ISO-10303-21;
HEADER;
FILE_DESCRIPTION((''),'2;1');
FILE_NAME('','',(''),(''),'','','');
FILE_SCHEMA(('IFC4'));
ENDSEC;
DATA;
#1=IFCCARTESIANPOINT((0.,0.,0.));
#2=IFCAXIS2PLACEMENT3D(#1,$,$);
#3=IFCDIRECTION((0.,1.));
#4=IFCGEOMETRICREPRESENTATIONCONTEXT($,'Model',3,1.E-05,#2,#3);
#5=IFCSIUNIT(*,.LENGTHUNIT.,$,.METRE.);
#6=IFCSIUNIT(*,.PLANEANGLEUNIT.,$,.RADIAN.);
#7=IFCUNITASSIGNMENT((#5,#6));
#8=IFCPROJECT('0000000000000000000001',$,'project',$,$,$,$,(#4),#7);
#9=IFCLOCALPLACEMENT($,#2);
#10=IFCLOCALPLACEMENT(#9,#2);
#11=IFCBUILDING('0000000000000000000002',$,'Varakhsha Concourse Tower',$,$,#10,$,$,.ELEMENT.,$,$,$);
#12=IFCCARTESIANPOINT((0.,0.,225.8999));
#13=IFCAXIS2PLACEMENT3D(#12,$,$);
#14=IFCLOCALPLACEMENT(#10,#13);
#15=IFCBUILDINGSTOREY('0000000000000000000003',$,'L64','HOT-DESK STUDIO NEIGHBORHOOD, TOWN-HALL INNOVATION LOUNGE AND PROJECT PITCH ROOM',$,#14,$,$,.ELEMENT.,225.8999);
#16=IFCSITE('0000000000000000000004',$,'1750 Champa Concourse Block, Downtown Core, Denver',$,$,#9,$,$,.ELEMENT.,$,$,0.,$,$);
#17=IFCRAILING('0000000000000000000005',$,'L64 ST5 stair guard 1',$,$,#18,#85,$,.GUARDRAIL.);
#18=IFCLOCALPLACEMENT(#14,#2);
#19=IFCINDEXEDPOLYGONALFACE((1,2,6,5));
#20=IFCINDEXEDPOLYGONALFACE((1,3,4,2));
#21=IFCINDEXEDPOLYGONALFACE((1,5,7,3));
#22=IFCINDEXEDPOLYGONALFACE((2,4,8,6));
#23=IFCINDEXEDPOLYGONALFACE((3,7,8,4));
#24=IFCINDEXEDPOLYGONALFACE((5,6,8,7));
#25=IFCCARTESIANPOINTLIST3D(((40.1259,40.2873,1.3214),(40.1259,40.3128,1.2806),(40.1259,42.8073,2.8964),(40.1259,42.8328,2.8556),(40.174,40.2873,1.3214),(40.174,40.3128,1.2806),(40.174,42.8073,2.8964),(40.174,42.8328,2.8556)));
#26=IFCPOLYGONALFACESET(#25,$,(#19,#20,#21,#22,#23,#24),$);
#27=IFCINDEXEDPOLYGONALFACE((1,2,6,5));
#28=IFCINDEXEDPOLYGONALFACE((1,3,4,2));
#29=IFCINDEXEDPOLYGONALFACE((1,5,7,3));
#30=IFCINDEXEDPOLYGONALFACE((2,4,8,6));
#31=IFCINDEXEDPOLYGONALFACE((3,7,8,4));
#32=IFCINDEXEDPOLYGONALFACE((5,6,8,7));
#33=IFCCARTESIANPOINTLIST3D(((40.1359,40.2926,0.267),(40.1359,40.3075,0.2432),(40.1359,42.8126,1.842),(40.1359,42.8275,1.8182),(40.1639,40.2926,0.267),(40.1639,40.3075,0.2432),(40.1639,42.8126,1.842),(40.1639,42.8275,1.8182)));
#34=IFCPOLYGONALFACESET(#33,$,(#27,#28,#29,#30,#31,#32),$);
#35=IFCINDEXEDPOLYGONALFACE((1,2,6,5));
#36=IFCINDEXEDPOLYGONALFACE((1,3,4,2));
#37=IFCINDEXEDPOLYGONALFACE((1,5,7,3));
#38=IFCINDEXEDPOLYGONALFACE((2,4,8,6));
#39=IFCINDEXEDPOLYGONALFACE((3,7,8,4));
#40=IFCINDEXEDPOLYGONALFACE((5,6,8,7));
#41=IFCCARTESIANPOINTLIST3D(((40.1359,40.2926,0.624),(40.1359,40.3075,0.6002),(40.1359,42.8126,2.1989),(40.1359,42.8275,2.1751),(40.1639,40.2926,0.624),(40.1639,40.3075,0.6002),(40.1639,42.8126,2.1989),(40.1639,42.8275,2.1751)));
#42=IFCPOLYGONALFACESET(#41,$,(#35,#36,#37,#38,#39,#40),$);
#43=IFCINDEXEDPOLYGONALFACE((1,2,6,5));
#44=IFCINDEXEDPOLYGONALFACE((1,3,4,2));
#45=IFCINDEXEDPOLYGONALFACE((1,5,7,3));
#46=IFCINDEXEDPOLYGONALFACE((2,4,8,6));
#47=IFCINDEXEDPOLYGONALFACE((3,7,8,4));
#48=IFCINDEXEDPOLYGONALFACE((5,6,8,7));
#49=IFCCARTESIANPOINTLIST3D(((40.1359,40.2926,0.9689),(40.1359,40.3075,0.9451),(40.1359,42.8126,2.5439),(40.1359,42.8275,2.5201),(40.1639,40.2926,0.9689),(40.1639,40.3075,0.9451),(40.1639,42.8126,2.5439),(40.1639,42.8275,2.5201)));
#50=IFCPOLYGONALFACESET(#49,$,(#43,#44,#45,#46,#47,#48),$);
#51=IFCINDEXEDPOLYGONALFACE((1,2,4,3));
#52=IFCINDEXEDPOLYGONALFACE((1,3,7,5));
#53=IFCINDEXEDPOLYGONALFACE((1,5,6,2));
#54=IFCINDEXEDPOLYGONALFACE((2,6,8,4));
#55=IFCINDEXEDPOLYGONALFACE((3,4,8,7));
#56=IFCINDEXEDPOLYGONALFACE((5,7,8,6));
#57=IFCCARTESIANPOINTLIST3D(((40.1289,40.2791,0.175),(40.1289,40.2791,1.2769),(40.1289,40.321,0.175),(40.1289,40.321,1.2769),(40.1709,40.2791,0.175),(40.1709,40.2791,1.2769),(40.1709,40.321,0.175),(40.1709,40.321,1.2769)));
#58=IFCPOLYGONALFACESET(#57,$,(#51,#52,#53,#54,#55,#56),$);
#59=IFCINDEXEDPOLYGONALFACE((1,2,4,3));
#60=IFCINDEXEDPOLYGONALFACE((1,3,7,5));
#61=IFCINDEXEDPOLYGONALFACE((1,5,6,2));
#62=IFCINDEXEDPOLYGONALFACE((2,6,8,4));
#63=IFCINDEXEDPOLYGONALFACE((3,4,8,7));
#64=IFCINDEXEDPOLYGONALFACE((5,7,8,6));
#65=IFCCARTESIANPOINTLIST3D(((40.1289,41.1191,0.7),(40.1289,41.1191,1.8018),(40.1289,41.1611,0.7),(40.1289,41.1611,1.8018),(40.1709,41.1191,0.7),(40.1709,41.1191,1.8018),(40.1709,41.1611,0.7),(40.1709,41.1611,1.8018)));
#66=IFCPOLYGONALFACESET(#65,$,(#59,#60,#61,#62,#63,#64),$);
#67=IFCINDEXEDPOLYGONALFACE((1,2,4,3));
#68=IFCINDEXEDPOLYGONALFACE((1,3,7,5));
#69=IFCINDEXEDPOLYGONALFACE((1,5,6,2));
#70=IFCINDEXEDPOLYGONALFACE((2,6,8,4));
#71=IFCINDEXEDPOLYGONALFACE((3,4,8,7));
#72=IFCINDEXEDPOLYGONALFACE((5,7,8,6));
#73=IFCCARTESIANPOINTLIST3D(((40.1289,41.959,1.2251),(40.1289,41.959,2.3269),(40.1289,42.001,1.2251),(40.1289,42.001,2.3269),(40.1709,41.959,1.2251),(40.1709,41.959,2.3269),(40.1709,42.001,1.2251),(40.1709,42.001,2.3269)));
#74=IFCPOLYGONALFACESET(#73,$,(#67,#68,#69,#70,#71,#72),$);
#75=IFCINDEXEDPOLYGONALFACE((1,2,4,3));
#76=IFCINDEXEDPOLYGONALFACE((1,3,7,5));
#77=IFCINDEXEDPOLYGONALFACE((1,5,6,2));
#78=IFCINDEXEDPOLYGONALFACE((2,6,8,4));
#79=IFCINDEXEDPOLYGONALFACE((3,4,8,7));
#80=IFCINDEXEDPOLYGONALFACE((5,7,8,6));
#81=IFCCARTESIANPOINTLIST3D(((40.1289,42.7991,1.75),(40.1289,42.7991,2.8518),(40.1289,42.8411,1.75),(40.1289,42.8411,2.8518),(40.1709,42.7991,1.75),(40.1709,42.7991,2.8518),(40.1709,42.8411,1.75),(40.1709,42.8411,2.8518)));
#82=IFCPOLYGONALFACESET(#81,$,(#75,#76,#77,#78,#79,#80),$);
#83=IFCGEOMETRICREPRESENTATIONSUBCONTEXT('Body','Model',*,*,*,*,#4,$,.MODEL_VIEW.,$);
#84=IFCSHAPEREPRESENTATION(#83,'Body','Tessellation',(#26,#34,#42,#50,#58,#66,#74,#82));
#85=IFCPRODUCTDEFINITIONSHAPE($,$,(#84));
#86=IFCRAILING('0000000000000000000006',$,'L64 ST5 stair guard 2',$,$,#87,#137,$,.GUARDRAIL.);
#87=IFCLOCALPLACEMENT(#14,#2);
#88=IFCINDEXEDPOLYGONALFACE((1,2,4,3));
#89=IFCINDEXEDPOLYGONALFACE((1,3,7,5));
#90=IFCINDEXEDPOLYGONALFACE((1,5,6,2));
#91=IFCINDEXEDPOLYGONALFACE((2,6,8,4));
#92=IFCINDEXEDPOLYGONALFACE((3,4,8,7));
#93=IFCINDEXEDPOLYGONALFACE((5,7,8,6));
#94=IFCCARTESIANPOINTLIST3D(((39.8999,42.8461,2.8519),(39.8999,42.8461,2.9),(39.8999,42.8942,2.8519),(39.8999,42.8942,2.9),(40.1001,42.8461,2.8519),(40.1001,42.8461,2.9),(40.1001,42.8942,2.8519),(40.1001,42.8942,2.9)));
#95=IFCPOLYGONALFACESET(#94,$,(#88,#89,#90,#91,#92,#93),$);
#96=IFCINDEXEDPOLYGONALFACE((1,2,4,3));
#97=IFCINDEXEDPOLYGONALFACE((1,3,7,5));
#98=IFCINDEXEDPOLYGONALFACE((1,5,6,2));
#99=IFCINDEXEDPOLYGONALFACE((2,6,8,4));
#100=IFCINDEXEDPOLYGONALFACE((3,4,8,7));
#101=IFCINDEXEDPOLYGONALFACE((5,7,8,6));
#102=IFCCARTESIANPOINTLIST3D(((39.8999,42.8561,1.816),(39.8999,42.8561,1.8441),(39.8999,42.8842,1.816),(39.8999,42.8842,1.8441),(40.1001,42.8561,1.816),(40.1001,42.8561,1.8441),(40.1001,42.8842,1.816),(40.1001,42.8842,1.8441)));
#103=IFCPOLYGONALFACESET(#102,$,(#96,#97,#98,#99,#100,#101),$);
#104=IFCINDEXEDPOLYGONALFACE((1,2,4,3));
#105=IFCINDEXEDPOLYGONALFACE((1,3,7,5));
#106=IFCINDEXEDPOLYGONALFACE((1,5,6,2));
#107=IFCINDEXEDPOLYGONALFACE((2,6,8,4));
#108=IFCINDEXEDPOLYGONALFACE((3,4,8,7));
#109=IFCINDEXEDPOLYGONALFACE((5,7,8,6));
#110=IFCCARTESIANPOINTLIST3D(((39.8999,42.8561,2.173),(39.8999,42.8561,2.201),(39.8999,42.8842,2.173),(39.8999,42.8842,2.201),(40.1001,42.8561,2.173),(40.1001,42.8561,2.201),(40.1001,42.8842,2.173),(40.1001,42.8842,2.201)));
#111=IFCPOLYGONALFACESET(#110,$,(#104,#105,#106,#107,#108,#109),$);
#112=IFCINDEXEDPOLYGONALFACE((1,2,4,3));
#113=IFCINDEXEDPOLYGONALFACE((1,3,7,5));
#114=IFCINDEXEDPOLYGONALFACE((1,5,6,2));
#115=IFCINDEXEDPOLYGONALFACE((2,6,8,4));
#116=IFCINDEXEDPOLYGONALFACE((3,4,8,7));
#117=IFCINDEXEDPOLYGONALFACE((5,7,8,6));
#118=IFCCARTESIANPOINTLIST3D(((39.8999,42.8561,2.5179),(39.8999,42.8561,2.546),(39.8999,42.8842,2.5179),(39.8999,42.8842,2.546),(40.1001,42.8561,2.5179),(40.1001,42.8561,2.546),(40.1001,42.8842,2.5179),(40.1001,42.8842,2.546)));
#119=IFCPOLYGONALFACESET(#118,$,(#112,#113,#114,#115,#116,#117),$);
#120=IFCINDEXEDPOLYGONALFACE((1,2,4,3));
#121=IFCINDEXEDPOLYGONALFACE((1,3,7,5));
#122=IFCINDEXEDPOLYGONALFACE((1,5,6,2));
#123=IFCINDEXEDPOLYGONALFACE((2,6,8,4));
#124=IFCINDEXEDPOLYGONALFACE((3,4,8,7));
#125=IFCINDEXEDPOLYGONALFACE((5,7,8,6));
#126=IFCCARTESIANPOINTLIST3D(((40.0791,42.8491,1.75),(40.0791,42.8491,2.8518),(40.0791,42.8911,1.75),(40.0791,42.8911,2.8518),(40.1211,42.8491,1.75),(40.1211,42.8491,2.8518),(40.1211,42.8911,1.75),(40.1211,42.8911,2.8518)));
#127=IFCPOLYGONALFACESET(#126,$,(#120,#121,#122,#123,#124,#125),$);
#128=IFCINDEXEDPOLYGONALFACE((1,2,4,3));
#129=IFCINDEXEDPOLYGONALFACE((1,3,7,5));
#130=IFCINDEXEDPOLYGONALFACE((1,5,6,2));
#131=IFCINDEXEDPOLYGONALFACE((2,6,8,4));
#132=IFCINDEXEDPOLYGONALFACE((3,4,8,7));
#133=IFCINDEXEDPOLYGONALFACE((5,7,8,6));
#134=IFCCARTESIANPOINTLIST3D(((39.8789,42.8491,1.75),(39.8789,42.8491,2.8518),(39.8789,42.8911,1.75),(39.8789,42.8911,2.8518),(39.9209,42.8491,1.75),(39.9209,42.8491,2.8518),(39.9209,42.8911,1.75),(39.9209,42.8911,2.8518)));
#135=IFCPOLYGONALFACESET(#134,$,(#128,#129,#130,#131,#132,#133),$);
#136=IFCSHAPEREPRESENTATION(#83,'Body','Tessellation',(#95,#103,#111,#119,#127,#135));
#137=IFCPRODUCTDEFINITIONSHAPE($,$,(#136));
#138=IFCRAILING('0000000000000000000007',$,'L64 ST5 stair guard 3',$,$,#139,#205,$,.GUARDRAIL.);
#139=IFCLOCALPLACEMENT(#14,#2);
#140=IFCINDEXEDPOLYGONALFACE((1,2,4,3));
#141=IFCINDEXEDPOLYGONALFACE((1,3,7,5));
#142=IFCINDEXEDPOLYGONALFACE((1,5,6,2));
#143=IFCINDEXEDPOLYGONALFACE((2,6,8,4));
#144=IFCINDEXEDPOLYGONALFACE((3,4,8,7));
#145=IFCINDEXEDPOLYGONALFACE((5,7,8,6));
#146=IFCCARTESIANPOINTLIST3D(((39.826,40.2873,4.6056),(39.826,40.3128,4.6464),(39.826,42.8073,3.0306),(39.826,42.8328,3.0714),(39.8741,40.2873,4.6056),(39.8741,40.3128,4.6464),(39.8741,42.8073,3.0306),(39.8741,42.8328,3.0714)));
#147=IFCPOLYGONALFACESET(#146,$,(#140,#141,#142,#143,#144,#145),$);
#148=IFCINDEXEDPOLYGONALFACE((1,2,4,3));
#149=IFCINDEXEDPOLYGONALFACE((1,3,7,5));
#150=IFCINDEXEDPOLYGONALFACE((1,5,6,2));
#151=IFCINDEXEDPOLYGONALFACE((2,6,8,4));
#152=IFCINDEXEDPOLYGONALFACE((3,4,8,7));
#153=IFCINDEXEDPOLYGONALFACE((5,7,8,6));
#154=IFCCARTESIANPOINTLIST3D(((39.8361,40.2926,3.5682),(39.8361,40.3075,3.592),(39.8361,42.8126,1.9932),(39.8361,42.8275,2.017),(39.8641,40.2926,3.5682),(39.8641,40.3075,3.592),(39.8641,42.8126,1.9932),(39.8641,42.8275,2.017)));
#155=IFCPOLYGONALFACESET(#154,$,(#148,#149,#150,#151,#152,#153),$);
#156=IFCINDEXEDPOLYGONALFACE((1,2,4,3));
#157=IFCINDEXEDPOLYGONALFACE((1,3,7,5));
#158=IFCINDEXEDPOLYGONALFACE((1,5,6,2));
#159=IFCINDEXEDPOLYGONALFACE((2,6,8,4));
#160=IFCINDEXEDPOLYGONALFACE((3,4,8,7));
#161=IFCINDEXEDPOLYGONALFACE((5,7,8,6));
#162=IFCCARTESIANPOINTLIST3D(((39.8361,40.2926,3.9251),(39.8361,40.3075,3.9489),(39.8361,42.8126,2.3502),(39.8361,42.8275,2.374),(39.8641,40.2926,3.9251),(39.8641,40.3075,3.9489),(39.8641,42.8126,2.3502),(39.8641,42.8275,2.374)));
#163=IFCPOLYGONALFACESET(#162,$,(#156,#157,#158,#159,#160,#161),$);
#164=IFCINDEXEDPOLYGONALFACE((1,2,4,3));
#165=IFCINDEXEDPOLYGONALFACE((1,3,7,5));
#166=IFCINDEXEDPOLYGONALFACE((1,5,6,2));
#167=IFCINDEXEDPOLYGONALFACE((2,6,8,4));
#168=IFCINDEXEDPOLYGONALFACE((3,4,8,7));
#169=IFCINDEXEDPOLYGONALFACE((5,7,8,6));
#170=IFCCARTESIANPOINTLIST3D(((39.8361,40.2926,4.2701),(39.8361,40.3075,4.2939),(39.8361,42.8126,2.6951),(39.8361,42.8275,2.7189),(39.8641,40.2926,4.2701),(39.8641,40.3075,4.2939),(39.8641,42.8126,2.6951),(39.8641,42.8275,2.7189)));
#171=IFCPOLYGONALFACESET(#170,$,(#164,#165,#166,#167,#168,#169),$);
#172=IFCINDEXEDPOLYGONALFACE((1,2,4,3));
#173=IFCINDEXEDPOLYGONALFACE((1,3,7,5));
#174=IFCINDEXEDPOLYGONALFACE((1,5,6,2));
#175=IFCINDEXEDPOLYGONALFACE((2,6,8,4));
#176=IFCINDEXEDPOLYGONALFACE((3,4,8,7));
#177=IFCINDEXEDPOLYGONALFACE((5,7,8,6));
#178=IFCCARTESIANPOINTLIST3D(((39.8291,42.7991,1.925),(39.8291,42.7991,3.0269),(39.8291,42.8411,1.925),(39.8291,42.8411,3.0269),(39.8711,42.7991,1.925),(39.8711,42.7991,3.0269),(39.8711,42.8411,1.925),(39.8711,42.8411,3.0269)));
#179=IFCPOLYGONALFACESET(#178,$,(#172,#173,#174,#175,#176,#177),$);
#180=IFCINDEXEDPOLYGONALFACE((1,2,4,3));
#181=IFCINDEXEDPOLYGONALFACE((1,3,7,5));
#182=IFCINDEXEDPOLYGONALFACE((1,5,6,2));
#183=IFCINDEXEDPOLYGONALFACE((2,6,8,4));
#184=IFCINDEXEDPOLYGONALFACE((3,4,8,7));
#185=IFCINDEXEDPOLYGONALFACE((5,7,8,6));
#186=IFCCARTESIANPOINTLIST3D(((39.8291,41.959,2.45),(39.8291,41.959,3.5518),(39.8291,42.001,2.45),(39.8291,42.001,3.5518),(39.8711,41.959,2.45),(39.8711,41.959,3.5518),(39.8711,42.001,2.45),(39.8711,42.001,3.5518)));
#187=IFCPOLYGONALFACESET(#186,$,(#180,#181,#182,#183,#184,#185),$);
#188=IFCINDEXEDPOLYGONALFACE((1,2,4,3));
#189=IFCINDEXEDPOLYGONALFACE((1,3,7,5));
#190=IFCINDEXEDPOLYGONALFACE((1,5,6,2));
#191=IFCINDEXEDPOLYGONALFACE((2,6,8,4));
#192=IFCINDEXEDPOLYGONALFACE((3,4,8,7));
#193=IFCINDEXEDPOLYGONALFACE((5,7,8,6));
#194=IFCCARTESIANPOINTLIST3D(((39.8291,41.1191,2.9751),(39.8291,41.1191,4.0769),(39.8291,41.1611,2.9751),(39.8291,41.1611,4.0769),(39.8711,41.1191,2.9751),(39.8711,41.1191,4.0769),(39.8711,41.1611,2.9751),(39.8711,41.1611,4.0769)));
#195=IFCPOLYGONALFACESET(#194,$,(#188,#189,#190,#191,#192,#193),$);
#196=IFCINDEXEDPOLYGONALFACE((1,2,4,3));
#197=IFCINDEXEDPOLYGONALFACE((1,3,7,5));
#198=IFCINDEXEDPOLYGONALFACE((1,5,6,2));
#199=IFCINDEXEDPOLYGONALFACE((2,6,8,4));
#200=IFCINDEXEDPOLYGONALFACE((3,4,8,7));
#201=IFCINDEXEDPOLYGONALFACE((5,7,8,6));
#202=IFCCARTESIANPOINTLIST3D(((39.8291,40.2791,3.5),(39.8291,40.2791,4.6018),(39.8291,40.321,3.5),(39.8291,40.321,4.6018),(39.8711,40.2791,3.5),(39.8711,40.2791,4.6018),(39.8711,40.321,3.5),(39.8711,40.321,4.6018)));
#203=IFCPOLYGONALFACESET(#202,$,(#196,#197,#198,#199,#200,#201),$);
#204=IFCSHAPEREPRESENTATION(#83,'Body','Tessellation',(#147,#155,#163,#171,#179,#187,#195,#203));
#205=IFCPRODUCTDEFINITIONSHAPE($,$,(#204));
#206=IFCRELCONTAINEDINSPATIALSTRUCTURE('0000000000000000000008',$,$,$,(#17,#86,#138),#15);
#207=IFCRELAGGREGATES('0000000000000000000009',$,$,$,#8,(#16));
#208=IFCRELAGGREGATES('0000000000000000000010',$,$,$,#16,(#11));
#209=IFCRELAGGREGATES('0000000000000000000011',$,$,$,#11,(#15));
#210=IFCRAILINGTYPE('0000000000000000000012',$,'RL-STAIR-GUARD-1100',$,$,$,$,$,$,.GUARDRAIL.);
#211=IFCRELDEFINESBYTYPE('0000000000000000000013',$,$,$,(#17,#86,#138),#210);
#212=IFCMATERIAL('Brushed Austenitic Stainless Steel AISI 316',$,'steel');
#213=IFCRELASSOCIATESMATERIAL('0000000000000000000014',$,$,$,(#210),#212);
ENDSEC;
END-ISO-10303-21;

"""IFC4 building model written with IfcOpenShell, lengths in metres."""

from ifc_helpers import new_model, si_unit, direction, frame, origin, origin_2d, place, context, subcontext, project, spatial, rectangle, extrude, material, type_object, element, save


model = new_model("IFC4")

# Units and contexts
model_context = context("Model", 3, precision=1e-05, world=origin(), true_north=direction((0.0, 1.0)))
body_context = subcontext(model_context, "Body", "Model", "MODEL_VIEW")
ifc_project = project(units=[si_unit("LENGTHUNIT", "METRE"), si_unit("PLANEANGLEUNIT", "RADIAN")], contexts=[model_context])

# Site, building, storey
site_placement = place(None, origin())
site = spatial("IfcSite", under=ifc_project, at=site_placement, Name="1750 Champa Concourse Block, Downtown Core, Denver", CompositionType="ELEMENT", RefElevation=0.0)
building_placement = place(site_placement, origin())
building = spatial("IfcBuilding", under=site, at=building_placement, Name="Varakhsha Concourse Tower", CompositionType="ELEMENT")
storey_placement = place(building_placement, frame((0.0, 0.0, 225.8999)))
storey = spatial("IfcBuildingStorey", under=building, at=storey_placement, Name="L64", Description="HOT-DESK STUDIO NEIGHBORHOOD, TOWN-HALL INNOVATION LOUNGE AND PROJECT PITCH ROOM", CompositionType="ELEMENT", Elevation=225.8999)

# Railings
ifc_material_1 = material(Name="Brushed Austenitic Stainless Steel AISI 316", Category="steel")
railing_type_1 = type_object("IfcRailingType", Name="RL-STAIR-GUARD-1100", PredefinedType="GUARDRAIL", material=ifc_material_1)
railing_1_placement = place(storey_placement, frame((40.1499, 40.3, 0.175)))
element("IfcRailing", 1, at=railing_1_placement, inside=storey, type_object=railing_type_1, Name="L64 ST5 stair guard 1", PredefinedType="GUARDRAIL", context=body_context, shape_type="SweptSolid", body=[
    extrude(rectangle(XDim=0.0481, YDim=0.0481, at=origin_2d()), frame((0.0, 0.0, 1.126), z_axis=(0.0, 0.848008, 0.529984), x_axis=(-1.0, 0.0, 0.0)), (0.0, 0.0, 1.0), 2.9717),
    extrude(rectangle(XDim=0.0281, YDim=0.0281, at=origin_2d()), frame((0.0, 0.0, 0.0801), z_axis=(0.0, 0.848008, 0.529984), x_axis=(-1.0, 0.0, 0.0)), (0.0, 0.0, 1.0), 2.9717),
    extrude(rectangle(XDim=0.0281, YDim=0.0281, at=origin_2d()), frame((0.0, 0.0, 0.437), z_axis=(0.0, 0.848008, 0.529984), x_axis=(-1.0, 0.0, 0.0)), (0.0, 0.0, 1.0), 2.9717),
    extrude(rectangle(XDim=0.0281, YDim=0.0281, at=origin_2d()), frame((0.0, 0.0, 0.782), z_axis=(0.0, 0.848008, 0.529984), x_axis=(-1.0, 0.0, 0.0)), (0.0, 0.0, 1.0), 2.9717),
    extrude(rectangle(XDim=0.042, YDim=0.042, at=origin_2d()), origin(), (0.0, 0.0, 1.0), 1.1018),
    extrude(rectangle(XDim=0.042, YDim=0.042, at=origin_2d()), frame((0.0, 0.8401, 0.5249)), (0.0, 0.0, 1.0), 1.1018),
    extrude(rectangle(XDim=0.042, YDim=0.042, at=origin_2d()), frame((0.0, 1.6799, 1.05)), (0.0, 0.0, 1.0), 1.1018),
    extrude(rectangle(XDim=0.042, YDim=0.042, at=origin_2d()), frame((0.0, 2.52, 1.575)), (0.0, 0.0, 1.0), 1.1018),
])
railing_2_placement = place(storey_placement, frame((40.1001, 42.8701, 1.75)))
element("IfcRailing", 2, at=railing_2_placement, inside=storey, type_object=railing_type_1, Name="L64 ST5 stair guard 2", PredefinedType="GUARDRAIL", context=body_context, shape_type="SweptSolid", body=[
    extrude(rectangle(XDim=0.0481, YDim=0.0481, at=origin_2d()), frame((0.0, 0.0, 1.126), z_axis=(-1.0, 0.0, 0.0), x_axis=(0.0, -1.0, 0.0)), (0.0, 0.0, 1.0), 0.2002),
    extrude(rectangle(XDim=0.0281, YDim=0.0281, at=origin_2d()), frame((0.0, 0.0, 0.0801), z_axis=(-1.0, 0.0, 0.0), x_axis=(0.0, -1.0, 0.0)), (0.0, 0.0, 1.0), 0.2002),
    extrude(rectangle(XDim=0.0281, YDim=0.0281, at=origin_2d()), frame((0.0, 0.0, 0.437), z_axis=(-1.0, 0.0, 0.0), x_axis=(0.0, -1.0, 0.0)), (0.0, 0.0, 1.0), 0.2002),
    extrude(rectangle(XDim=0.0281, YDim=0.0281, at=origin_2d()), frame((0.0, 0.0, 0.782), z_axis=(-1.0, 0.0, 0.0), x_axis=(0.0, -1.0, 0.0)), (0.0, 0.0, 1.0), 0.2002),
    extrude(rectangle(XDim=0.042, YDim=0.042, at=origin_2d()), origin(), (0.0, 0.0, 1.0), 1.1018),
    extrude(rectangle(XDim=0.042, YDim=0.042, at=origin_2d()), frame((-0.2002, 0.0, 0.0)), (0.0, 0.0, 1.0), 1.1018),
])
railing_3_placement = place(storey_placement, frame((39.8501, 42.8201, 1.925)))
element("IfcRailing", 3, at=railing_3_placement, inside=storey, type_object=railing_type_1, Name="L64 ST5 stair guard 3", PredefinedType="GUARDRAIL", context=body_context, shape_type="SweptSolid", body=[
    extrude(rectangle(XDim=0.0481, YDim=0.0481, at=origin_2d()), frame((0.0, 0.0, 1.126), z_axis=(0.0, -0.848008, 0.529984), x_axis=(1.0, 0.0, 0.0)), (0.0, 0.0, 1.0), 2.9717),
    extrude(rectangle(XDim=0.0281, YDim=0.0281, at=origin_2d()), frame((0.0, 0.0, 0.0801), z_axis=(0.0, -0.848008, 0.529984), x_axis=(1.0, 0.0, 0.0)), (0.0, 0.0, 1.0), 2.9717),
    extrude(rectangle(XDim=0.0281, YDim=0.0281, at=origin_2d()), frame((0.0, 0.0, 0.437), z_axis=(0.0, -0.848008, 0.529984), x_axis=(1.0, 0.0, 0.0)), (0.0, 0.0, 1.0), 2.9717),
    extrude(rectangle(XDim=0.0281, YDim=0.0281, at=origin_2d()), frame((0.0, 0.0, 0.782), z_axis=(0.0, -0.848008, 0.529984), x_axis=(1.0, 0.0, 0.0)), (0.0, 0.0, 1.0), 2.9717),
    extrude(rectangle(XDim=0.042, YDim=0.042, at=origin_2d()), origin(), (0.0, 0.0, 1.0), 1.1018),
    extrude(rectangle(XDim=0.042, YDim=0.042, at=origin_2d()), frame((0.0, -0.8401, 0.5249)), (0.0, 0.0, 1.0), 1.1018),
    extrude(rectangle(XDim=0.042, YDim=0.042, at=origin_2d()), frame((0.0, -1.6799, 1.05)), (0.0, 0.0, 1.0), 1.1018),
    extrude(rectangle(XDim=0.042, YDim=0.042, at=origin_2d()), frame((0.0, -2.52, 1.575)), (0.0, 0.0, 1.0), 1.1018),
])

save(model, "model.ifc")
